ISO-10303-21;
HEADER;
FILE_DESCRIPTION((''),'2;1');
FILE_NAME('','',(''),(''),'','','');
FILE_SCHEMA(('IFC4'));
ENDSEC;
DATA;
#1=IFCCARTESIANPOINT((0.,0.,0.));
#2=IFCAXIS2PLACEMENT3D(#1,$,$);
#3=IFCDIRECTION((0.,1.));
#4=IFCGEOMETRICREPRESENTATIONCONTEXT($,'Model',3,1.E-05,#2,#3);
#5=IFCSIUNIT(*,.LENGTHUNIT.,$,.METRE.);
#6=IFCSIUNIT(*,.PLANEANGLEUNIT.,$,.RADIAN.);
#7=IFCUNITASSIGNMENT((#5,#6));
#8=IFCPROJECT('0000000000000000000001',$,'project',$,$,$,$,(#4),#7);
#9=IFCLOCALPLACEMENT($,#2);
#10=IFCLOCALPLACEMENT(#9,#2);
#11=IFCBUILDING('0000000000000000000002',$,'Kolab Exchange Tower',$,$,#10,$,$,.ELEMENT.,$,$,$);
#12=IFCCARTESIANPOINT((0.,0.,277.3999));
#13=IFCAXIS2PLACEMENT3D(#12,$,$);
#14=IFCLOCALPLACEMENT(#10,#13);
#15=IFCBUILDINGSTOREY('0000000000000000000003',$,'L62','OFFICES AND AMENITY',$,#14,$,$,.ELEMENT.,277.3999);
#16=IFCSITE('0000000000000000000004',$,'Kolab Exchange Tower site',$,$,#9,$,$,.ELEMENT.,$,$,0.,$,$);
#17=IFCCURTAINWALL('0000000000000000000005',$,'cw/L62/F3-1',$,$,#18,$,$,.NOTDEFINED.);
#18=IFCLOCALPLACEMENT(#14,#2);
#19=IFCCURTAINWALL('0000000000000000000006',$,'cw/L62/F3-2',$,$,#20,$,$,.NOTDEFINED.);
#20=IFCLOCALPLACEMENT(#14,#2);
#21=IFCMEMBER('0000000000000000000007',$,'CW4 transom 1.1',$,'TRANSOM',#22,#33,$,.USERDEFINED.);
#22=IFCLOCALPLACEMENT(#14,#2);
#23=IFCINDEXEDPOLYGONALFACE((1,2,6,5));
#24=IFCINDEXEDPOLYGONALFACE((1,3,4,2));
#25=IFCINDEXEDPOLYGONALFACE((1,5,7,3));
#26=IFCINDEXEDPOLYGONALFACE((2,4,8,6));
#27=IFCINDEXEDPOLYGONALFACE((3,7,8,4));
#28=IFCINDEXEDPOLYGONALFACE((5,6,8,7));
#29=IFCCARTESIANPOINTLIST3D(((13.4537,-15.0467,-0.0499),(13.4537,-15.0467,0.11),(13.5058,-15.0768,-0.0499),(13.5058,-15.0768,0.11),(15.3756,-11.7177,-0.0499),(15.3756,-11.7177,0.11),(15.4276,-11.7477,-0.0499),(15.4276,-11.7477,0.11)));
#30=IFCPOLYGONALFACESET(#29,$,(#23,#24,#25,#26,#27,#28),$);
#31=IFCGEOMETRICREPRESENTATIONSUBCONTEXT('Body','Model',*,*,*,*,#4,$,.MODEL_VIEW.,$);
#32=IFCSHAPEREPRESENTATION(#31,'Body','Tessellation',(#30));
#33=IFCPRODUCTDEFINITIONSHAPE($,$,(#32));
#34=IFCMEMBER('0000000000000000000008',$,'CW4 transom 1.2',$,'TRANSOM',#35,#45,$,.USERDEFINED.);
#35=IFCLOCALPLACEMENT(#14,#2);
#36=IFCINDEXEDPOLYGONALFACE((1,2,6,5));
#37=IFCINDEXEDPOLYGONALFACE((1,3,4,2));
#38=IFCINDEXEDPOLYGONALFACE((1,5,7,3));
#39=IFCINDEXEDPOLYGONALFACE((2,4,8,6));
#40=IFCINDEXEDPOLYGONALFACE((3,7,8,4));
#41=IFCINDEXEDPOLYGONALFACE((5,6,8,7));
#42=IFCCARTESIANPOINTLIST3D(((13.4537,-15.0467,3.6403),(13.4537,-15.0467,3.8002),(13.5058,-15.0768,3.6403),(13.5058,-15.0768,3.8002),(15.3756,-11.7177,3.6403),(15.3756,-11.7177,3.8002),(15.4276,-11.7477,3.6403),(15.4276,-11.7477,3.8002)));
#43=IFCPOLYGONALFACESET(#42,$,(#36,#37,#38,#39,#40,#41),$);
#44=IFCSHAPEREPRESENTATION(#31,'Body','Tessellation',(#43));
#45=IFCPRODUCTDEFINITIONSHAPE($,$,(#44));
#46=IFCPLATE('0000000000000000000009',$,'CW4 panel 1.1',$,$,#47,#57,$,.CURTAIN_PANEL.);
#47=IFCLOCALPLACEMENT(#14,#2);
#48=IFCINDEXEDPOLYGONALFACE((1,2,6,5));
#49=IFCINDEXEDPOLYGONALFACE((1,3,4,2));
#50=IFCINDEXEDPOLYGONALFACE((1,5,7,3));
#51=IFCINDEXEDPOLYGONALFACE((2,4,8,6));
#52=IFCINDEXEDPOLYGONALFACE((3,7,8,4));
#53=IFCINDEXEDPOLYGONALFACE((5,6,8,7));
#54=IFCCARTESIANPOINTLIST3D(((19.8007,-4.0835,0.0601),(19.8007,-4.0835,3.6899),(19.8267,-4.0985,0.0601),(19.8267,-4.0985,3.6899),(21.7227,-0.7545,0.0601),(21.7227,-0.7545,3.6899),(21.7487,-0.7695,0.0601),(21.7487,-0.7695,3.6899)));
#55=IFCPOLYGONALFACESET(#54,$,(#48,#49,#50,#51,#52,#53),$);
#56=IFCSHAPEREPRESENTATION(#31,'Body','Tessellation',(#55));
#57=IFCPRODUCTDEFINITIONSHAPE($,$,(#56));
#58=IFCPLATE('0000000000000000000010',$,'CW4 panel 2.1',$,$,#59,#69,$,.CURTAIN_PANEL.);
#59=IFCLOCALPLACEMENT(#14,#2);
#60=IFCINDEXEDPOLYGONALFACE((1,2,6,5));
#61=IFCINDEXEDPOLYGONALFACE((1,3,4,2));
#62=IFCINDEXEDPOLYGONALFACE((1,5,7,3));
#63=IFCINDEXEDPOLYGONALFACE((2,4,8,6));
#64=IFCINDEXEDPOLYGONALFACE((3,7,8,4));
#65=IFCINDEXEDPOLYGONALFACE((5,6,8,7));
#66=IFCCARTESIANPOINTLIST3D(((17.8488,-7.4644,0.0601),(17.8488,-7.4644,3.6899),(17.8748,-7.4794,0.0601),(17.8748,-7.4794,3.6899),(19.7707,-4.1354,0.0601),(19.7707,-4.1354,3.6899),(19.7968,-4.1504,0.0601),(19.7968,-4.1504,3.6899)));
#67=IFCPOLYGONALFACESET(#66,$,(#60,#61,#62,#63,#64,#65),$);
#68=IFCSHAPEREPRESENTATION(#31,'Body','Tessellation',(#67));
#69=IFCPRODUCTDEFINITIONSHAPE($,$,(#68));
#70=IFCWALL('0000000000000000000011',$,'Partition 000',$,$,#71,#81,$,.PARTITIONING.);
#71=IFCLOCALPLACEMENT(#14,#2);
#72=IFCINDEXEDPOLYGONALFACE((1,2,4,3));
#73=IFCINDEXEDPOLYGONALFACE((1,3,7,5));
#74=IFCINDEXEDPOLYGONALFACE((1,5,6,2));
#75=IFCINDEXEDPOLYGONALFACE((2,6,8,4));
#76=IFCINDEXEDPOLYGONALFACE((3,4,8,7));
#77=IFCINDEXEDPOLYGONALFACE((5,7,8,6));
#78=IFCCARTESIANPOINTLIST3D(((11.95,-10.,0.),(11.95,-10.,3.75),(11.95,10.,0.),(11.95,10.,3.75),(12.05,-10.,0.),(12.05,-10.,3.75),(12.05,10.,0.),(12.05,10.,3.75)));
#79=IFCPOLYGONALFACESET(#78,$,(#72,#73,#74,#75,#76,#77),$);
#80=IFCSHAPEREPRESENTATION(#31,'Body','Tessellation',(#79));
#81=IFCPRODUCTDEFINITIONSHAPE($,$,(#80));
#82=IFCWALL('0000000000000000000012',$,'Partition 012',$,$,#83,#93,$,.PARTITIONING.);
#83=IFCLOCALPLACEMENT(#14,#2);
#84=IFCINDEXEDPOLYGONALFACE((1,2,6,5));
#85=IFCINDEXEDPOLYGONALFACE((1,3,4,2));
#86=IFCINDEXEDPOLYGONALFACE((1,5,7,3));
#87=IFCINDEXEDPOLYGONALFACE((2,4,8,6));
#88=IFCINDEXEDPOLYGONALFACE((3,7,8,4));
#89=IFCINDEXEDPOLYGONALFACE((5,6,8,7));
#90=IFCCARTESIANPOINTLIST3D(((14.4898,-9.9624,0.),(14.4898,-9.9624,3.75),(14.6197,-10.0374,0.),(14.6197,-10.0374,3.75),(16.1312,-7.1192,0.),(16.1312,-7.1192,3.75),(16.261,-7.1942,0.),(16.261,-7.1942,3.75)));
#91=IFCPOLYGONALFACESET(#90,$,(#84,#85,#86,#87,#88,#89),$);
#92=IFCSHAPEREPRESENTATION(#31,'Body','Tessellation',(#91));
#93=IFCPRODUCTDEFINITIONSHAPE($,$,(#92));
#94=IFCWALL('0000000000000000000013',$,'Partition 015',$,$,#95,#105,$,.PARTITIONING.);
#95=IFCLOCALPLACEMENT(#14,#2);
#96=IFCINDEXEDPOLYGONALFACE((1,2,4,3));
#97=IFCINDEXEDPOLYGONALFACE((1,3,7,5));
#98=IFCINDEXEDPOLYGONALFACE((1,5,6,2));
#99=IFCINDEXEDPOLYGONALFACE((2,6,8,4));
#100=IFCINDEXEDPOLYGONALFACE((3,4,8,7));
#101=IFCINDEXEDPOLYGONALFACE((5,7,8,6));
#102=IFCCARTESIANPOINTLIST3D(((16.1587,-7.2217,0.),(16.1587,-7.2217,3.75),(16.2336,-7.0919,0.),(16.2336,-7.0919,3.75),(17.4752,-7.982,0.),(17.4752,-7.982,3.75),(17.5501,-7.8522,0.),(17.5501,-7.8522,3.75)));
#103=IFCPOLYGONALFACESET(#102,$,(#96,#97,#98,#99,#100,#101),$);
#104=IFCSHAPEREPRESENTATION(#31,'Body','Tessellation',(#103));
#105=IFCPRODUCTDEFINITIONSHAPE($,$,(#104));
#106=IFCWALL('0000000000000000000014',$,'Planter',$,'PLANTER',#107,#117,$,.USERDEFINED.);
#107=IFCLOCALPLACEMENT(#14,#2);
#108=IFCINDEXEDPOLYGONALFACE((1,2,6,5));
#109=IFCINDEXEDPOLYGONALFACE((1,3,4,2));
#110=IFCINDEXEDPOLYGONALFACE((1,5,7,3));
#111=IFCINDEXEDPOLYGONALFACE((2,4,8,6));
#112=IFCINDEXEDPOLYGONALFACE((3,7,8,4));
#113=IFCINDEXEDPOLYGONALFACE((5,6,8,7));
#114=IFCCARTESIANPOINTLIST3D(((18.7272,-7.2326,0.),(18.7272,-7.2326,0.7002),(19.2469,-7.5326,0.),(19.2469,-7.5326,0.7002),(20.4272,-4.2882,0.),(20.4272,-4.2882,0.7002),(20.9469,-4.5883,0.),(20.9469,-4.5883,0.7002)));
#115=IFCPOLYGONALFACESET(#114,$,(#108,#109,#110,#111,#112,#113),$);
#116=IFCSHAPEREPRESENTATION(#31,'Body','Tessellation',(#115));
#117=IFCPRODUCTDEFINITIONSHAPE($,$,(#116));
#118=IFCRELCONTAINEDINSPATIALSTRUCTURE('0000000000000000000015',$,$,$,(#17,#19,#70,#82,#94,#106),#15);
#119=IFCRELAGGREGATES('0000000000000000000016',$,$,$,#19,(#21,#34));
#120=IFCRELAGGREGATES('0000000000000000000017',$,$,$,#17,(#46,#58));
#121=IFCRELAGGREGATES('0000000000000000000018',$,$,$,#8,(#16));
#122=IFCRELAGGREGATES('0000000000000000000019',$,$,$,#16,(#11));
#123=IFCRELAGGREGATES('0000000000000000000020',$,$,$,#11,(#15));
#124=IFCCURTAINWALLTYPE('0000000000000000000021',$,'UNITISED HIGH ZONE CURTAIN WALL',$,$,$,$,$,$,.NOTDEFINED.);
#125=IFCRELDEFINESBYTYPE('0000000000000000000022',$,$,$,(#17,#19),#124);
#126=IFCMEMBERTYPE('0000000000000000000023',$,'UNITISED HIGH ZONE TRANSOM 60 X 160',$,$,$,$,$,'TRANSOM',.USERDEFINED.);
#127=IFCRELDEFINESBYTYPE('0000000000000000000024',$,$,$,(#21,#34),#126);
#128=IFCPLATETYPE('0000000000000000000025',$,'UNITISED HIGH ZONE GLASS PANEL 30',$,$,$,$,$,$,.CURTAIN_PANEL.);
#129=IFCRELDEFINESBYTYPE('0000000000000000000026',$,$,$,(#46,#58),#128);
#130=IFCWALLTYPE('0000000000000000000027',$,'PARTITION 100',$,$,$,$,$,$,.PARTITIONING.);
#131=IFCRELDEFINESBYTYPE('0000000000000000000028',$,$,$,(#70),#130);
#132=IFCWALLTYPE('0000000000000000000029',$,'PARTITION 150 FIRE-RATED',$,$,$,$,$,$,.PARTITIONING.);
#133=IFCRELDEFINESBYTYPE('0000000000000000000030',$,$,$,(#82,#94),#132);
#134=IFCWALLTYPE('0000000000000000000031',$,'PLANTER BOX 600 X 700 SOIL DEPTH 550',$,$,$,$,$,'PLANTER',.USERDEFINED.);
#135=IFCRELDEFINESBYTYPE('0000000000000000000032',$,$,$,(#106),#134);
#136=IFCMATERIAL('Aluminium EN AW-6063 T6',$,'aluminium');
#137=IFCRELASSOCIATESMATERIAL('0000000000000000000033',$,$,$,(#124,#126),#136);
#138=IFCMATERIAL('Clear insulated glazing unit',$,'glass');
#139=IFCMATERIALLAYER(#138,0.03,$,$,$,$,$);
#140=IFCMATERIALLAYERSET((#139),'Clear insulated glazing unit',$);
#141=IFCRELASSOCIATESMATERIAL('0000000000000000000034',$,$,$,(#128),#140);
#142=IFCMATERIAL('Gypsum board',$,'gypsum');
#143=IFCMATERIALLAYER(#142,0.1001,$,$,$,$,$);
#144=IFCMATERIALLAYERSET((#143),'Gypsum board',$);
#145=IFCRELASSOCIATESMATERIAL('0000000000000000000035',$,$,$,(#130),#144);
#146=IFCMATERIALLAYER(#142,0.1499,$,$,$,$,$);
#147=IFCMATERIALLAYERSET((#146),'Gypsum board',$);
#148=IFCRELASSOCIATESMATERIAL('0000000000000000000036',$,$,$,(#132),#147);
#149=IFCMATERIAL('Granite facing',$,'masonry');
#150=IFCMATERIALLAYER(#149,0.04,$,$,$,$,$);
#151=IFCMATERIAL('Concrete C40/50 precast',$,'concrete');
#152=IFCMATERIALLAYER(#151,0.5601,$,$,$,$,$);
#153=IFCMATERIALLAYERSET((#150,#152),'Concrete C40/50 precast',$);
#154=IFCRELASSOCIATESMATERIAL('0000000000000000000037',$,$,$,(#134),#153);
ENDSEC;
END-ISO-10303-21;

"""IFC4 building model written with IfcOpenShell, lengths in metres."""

from ifc_helpers import new_model, si_unit, direction, frame, frame_2d, origin, origin_2d, place, context, subcontext, project, spatial, rectangle, extrude, material, layer, layer_set, material_profile, profile_set, type_object, element, aggregate, save


model = new_model("IFC4")

# Units and contexts
model_context = context("Model", 3, precision=1e-05, world=origin(), true_north=direction((0.0, 1.0)))
body_context = subcontext(model_context, "Body", "Model", "MODEL_VIEW")
ifc_project = project(units=[si_unit("LENGTHUNIT", "METRE"), si_unit("PLANEANGLEUNIT", "RADIAN")], contexts=[model_context])

# Site, building, storey
site_placement = place(None, origin())
site = spatial("IfcSite", under=ifc_project, at=site_placement, Name="Kolab Exchange Tower site", CompositionType="ELEMENT", RefElevation=0.0)
building_placement = place(site_placement, origin())
building = spatial("IfcBuilding", under=site, at=building_placement, Name="Kolab Exchange Tower", CompositionType="ELEMENT")
storey_placement = place(building_placement, frame((0.0, 0.0, 277.3999)))
storey = spatial("IfcBuildingStorey", under=building, at=storey_placement, Name="L62", Description="OFFICES AND AMENITY", CompositionType="ELEMENT", Elevation=277.3999)

# Curtain wall
ifc_material_1 = material(Name="Aluminium EN AW-6063 T6", Category="aluminium")
curtain_wall_type = type_object("IfcCurtainWallType", Name="UNITISED HIGH ZONE CURTAIN WALL", PredefinedType="NOTDEFINED", material=ifc_material_1)
curtain_wall_1_placement = place(storey_placement, origin())
curtain_wall_1 = element("IfcCurtainWall", 1, at=curtain_wall_1_placement, inside=storey, type_object=curtain_wall_type, Name="cw/L62/F3-1", PredefinedType="NOTDEFINED")

# Curtain wall
curtain_wall_2_placement = place(storey_placement, origin())
curtain_wall_2 = element("IfcCurtainWall", 2, at=curtain_wall_2_placement, inside=storey, type_object=curtain_wall_type, Name="cw/L62/F3-2", PredefinedType="NOTDEFINED")

# Members
ifc_material_profile_1 = material_profile(ifc_material_1, rectangle(XDim=0.0601, YDim=0.1599, at=origin_2d()), Name="RECT 60X160")
ifc_profile_set_1 = profile_set([ifc_material_profile_1], Name="Aluminium EN AW-6063 T6")
member_type_1 = type_object("IfcMemberType", Name="UNITISED HIGH ZONE TRANSOM 60 X 160", ElementType="TRANSOM", PredefinedType="USERDEFINED", material=ifc_profile_set_1)
member_1_placement = place(storey_placement, frame((15.4016, -11.7327, 0.03), z_axis=(-0.499964, -0.866046, 0.0), x_axis=(0.866046, -0.499964, 0.0)))
member_1 = element("IfcMember", 3, at=member_1_placement, type_object=member_type_1, Name="CW4 transom 1.1", ObjectType="TRANSOM", PredefinedType="USERDEFINED", context=body_context, shape_type="SweptSolid", body=[
    extrude(rectangle(XDim=0.0601, YDim=0.1599, at=origin_2d()), origin(), (0.0, 0.0, 1.0), 3.844),
])
member_2_placement = place(storey_placement, frame((15.4016, -11.7327, 3.7202), z_axis=(-0.499964, -0.866046, 0.0), x_axis=(0.866046, -0.499964, 0.0)))
member_2 = element("IfcMember", 4, at=member_2_placement, type_object=member_type_1, Name="CW4 transom 1.2", ObjectType="TRANSOM", PredefinedType="USERDEFINED", context=body_context, shape_type="SweptSolid", body=[
    extrude(rectangle(XDim=0.0601, YDim=0.1599, at=origin_2d()), origin(), (0.0, 0.0, 1.0), 3.844),
])
aggregate(curtain_wall_2, [member_1, member_2])

# Plates
ifc_material_2 = material(Name="Clear insulated glazing unit", Category="glass")
ifc_layer_1 = layer(ifc_material_2, 0.03)
ifc_layer_set_1 = layer_set([ifc_layer_1], Name="Clear insulated glazing unit")
plate_type = type_object("IfcPlateType", Name="UNITISED HIGH ZONE GLASS PANEL 30", PredefinedType="CURTAIN_PANEL", material=ifc_layer_set_1)
plate_1_placement = place(storey_placement, frame((20.7747, -2.4265, 0.0601), z_axis=(0.0, 0.0, 1.0), x_axis=(-0.5, -0.866025, 0.0)))
plate_1 = element("IfcPlate", 5, at=plate_1_placement, type_object=plate_type, Name="CW4 panel 1.1", PredefinedType="CURTAIN_PANEL", context=body_context, shape_type="SweptSolid", body=[
    extrude(rectangle(XDim=3.844, YDim=0.03, at=origin_2d()), origin(), (0.0, 0.0, 1.0), 3.6299),
])
plate_2_placement = place(storey_placement, frame((18.8228, -5.8074, 0.0601), z_axis=(0.0, 0.0, 1.0), x_axis=(-0.5, -0.866025, 0.0)))
plate_2 = element("IfcPlate", 6, at=plate_2_placement, type_object=plate_type, Name="CW4 panel 2.1", PredefinedType="CURTAIN_PANEL", context=body_context, shape_type="SweptSolid", body=[
    extrude(rectangle(XDim=3.844, YDim=0.03, at=origin_2d()), origin(), (0.0, 0.0, 1.0), 3.6299),
])
aggregate(curtain_wall_1, [plate_1, plate_2])

# Walls
ifc_material_3 = material(Name="Gypsum board", Category="gypsum")
ifc_layer_2 = layer(ifc_material_3, 0.1001)
ifc_layer_set_2 = layer_set([ifc_layer_2], Name="Gypsum board")
wall_type_1 = type_object("IfcWallType", Name="PARTITION 100", PredefinedType="PARTITIONING", material=ifc_layer_set_2)
wall_1_placement = place(storey_placement, frame((12.0, -10.0, 0.0), z_axis=(0.0, 0.0, 1.0), x_axis=(0.0, 1.0, 0.0)))
element("IfcWall", 7, at=wall_1_placement, inside=storey, type_object=wall_type_1, Name="Partition 000", PredefinedType="PARTITIONING", context=body_context, shape_type="SweptSolid", body=[
    extrude(rectangle(XDim=20.0, YDim=0.1001, at=frame_2d((10.0, 0.0))), origin(), (0.0, 0.0, 1.0), 3.75),
])
ifc_layer_3 = layer(ifc_material_3, 0.1499)
ifc_layer_set_3 = layer_set([ifc_layer_3], Name="Gypsum board")
wall_type_2 = type_object("IfcWallType", Name="PARTITION 150 FIRE-RATED", PredefinedType="PARTITIONING", material=ifc_layer_set_3)
wall_2_placement = place(storey_placement, frame((14.5547, -10.0, 0.0), z_axis=(0.0, 0.0, 1.0), x_axis=(0.499954, 0.866052, 0.0)))
element("IfcWall", 8, at=wall_2_placement, inside=storey, type_object=wall_type_2, Name="Partition 012", PredefinedType="PARTITIONING", context=body_context, shape_type="SweptSolid", body=[
    extrude(rectangle(XDim=3.283, YDim=0.1499, at=frame_2d((1.6416, 0.0))), origin(), (0.0, 0.0, 1.0), 3.75),
])
wall_3_placement = place(storey_placement, frame((16.196, -7.1567, 0.0), z_axis=(0.0, 0.0, 1.0), x_axis=(0.865961, -0.500112, 0.0)))
element("IfcWall", 9, at=wall_3_placement, inside=storey, type_object=wall_type_2, Name="Partition 015", PredefinedType="PARTITIONING", context=body_context, shape_type="SweptSolid", body=[
    extrude(rectangle(XDim=1.5203, YDim=0.1499, at=frame_2d((0.7603, 0.0))), origin(), (0.0, 0.0, 1.0), 3.75),
])
ifc_material_4 = material(Name="Granite facing", Category="masonry")
ifc_layer_4 = layer(ifc_material_4, 0.04)
ifc_material_5 = material(Name="Concrete C40/50 precast", Category="concrete")
ifc_layer_5 = layer(ifc_material_5, 0.5601)
ifc_layer_set_4 = layer_set([ifc_layer_4, ifc_layer_5], Name="Concrete C40/50 precast")
wall_type_3 = type_object("IfcWallType", Name="PLANTER BOX 600 X 700 SOIL DEPTH 550", ElementType="PLANTER", PredefinedType="USERDEFINED", material=ifc_layer_set_4)
wall_4_placement = place(storey_placement, frame((20.687, -4.4382, 0.0), z_axis=(0.0, 0.0, 1.0), x_axis=(-0.500008, -0.866021, 0.0)))
element("IfcWall", 10, at=wall_4_placement, inside=storey, type_object=wall_type_3, Name="Planter", ObjectType="PLANTER", PredefinedType="USERDEFINED", context=body_context, shape_type="SweptSolid", body=[
    extrude(rectangle(XDim=3.3999, YDim=0.6001, at=frame_2d((1.7, 0.0))), origin(), (0.0, 0.0, 1.0), 0.7002),
])

save(model, "model.ifc")
